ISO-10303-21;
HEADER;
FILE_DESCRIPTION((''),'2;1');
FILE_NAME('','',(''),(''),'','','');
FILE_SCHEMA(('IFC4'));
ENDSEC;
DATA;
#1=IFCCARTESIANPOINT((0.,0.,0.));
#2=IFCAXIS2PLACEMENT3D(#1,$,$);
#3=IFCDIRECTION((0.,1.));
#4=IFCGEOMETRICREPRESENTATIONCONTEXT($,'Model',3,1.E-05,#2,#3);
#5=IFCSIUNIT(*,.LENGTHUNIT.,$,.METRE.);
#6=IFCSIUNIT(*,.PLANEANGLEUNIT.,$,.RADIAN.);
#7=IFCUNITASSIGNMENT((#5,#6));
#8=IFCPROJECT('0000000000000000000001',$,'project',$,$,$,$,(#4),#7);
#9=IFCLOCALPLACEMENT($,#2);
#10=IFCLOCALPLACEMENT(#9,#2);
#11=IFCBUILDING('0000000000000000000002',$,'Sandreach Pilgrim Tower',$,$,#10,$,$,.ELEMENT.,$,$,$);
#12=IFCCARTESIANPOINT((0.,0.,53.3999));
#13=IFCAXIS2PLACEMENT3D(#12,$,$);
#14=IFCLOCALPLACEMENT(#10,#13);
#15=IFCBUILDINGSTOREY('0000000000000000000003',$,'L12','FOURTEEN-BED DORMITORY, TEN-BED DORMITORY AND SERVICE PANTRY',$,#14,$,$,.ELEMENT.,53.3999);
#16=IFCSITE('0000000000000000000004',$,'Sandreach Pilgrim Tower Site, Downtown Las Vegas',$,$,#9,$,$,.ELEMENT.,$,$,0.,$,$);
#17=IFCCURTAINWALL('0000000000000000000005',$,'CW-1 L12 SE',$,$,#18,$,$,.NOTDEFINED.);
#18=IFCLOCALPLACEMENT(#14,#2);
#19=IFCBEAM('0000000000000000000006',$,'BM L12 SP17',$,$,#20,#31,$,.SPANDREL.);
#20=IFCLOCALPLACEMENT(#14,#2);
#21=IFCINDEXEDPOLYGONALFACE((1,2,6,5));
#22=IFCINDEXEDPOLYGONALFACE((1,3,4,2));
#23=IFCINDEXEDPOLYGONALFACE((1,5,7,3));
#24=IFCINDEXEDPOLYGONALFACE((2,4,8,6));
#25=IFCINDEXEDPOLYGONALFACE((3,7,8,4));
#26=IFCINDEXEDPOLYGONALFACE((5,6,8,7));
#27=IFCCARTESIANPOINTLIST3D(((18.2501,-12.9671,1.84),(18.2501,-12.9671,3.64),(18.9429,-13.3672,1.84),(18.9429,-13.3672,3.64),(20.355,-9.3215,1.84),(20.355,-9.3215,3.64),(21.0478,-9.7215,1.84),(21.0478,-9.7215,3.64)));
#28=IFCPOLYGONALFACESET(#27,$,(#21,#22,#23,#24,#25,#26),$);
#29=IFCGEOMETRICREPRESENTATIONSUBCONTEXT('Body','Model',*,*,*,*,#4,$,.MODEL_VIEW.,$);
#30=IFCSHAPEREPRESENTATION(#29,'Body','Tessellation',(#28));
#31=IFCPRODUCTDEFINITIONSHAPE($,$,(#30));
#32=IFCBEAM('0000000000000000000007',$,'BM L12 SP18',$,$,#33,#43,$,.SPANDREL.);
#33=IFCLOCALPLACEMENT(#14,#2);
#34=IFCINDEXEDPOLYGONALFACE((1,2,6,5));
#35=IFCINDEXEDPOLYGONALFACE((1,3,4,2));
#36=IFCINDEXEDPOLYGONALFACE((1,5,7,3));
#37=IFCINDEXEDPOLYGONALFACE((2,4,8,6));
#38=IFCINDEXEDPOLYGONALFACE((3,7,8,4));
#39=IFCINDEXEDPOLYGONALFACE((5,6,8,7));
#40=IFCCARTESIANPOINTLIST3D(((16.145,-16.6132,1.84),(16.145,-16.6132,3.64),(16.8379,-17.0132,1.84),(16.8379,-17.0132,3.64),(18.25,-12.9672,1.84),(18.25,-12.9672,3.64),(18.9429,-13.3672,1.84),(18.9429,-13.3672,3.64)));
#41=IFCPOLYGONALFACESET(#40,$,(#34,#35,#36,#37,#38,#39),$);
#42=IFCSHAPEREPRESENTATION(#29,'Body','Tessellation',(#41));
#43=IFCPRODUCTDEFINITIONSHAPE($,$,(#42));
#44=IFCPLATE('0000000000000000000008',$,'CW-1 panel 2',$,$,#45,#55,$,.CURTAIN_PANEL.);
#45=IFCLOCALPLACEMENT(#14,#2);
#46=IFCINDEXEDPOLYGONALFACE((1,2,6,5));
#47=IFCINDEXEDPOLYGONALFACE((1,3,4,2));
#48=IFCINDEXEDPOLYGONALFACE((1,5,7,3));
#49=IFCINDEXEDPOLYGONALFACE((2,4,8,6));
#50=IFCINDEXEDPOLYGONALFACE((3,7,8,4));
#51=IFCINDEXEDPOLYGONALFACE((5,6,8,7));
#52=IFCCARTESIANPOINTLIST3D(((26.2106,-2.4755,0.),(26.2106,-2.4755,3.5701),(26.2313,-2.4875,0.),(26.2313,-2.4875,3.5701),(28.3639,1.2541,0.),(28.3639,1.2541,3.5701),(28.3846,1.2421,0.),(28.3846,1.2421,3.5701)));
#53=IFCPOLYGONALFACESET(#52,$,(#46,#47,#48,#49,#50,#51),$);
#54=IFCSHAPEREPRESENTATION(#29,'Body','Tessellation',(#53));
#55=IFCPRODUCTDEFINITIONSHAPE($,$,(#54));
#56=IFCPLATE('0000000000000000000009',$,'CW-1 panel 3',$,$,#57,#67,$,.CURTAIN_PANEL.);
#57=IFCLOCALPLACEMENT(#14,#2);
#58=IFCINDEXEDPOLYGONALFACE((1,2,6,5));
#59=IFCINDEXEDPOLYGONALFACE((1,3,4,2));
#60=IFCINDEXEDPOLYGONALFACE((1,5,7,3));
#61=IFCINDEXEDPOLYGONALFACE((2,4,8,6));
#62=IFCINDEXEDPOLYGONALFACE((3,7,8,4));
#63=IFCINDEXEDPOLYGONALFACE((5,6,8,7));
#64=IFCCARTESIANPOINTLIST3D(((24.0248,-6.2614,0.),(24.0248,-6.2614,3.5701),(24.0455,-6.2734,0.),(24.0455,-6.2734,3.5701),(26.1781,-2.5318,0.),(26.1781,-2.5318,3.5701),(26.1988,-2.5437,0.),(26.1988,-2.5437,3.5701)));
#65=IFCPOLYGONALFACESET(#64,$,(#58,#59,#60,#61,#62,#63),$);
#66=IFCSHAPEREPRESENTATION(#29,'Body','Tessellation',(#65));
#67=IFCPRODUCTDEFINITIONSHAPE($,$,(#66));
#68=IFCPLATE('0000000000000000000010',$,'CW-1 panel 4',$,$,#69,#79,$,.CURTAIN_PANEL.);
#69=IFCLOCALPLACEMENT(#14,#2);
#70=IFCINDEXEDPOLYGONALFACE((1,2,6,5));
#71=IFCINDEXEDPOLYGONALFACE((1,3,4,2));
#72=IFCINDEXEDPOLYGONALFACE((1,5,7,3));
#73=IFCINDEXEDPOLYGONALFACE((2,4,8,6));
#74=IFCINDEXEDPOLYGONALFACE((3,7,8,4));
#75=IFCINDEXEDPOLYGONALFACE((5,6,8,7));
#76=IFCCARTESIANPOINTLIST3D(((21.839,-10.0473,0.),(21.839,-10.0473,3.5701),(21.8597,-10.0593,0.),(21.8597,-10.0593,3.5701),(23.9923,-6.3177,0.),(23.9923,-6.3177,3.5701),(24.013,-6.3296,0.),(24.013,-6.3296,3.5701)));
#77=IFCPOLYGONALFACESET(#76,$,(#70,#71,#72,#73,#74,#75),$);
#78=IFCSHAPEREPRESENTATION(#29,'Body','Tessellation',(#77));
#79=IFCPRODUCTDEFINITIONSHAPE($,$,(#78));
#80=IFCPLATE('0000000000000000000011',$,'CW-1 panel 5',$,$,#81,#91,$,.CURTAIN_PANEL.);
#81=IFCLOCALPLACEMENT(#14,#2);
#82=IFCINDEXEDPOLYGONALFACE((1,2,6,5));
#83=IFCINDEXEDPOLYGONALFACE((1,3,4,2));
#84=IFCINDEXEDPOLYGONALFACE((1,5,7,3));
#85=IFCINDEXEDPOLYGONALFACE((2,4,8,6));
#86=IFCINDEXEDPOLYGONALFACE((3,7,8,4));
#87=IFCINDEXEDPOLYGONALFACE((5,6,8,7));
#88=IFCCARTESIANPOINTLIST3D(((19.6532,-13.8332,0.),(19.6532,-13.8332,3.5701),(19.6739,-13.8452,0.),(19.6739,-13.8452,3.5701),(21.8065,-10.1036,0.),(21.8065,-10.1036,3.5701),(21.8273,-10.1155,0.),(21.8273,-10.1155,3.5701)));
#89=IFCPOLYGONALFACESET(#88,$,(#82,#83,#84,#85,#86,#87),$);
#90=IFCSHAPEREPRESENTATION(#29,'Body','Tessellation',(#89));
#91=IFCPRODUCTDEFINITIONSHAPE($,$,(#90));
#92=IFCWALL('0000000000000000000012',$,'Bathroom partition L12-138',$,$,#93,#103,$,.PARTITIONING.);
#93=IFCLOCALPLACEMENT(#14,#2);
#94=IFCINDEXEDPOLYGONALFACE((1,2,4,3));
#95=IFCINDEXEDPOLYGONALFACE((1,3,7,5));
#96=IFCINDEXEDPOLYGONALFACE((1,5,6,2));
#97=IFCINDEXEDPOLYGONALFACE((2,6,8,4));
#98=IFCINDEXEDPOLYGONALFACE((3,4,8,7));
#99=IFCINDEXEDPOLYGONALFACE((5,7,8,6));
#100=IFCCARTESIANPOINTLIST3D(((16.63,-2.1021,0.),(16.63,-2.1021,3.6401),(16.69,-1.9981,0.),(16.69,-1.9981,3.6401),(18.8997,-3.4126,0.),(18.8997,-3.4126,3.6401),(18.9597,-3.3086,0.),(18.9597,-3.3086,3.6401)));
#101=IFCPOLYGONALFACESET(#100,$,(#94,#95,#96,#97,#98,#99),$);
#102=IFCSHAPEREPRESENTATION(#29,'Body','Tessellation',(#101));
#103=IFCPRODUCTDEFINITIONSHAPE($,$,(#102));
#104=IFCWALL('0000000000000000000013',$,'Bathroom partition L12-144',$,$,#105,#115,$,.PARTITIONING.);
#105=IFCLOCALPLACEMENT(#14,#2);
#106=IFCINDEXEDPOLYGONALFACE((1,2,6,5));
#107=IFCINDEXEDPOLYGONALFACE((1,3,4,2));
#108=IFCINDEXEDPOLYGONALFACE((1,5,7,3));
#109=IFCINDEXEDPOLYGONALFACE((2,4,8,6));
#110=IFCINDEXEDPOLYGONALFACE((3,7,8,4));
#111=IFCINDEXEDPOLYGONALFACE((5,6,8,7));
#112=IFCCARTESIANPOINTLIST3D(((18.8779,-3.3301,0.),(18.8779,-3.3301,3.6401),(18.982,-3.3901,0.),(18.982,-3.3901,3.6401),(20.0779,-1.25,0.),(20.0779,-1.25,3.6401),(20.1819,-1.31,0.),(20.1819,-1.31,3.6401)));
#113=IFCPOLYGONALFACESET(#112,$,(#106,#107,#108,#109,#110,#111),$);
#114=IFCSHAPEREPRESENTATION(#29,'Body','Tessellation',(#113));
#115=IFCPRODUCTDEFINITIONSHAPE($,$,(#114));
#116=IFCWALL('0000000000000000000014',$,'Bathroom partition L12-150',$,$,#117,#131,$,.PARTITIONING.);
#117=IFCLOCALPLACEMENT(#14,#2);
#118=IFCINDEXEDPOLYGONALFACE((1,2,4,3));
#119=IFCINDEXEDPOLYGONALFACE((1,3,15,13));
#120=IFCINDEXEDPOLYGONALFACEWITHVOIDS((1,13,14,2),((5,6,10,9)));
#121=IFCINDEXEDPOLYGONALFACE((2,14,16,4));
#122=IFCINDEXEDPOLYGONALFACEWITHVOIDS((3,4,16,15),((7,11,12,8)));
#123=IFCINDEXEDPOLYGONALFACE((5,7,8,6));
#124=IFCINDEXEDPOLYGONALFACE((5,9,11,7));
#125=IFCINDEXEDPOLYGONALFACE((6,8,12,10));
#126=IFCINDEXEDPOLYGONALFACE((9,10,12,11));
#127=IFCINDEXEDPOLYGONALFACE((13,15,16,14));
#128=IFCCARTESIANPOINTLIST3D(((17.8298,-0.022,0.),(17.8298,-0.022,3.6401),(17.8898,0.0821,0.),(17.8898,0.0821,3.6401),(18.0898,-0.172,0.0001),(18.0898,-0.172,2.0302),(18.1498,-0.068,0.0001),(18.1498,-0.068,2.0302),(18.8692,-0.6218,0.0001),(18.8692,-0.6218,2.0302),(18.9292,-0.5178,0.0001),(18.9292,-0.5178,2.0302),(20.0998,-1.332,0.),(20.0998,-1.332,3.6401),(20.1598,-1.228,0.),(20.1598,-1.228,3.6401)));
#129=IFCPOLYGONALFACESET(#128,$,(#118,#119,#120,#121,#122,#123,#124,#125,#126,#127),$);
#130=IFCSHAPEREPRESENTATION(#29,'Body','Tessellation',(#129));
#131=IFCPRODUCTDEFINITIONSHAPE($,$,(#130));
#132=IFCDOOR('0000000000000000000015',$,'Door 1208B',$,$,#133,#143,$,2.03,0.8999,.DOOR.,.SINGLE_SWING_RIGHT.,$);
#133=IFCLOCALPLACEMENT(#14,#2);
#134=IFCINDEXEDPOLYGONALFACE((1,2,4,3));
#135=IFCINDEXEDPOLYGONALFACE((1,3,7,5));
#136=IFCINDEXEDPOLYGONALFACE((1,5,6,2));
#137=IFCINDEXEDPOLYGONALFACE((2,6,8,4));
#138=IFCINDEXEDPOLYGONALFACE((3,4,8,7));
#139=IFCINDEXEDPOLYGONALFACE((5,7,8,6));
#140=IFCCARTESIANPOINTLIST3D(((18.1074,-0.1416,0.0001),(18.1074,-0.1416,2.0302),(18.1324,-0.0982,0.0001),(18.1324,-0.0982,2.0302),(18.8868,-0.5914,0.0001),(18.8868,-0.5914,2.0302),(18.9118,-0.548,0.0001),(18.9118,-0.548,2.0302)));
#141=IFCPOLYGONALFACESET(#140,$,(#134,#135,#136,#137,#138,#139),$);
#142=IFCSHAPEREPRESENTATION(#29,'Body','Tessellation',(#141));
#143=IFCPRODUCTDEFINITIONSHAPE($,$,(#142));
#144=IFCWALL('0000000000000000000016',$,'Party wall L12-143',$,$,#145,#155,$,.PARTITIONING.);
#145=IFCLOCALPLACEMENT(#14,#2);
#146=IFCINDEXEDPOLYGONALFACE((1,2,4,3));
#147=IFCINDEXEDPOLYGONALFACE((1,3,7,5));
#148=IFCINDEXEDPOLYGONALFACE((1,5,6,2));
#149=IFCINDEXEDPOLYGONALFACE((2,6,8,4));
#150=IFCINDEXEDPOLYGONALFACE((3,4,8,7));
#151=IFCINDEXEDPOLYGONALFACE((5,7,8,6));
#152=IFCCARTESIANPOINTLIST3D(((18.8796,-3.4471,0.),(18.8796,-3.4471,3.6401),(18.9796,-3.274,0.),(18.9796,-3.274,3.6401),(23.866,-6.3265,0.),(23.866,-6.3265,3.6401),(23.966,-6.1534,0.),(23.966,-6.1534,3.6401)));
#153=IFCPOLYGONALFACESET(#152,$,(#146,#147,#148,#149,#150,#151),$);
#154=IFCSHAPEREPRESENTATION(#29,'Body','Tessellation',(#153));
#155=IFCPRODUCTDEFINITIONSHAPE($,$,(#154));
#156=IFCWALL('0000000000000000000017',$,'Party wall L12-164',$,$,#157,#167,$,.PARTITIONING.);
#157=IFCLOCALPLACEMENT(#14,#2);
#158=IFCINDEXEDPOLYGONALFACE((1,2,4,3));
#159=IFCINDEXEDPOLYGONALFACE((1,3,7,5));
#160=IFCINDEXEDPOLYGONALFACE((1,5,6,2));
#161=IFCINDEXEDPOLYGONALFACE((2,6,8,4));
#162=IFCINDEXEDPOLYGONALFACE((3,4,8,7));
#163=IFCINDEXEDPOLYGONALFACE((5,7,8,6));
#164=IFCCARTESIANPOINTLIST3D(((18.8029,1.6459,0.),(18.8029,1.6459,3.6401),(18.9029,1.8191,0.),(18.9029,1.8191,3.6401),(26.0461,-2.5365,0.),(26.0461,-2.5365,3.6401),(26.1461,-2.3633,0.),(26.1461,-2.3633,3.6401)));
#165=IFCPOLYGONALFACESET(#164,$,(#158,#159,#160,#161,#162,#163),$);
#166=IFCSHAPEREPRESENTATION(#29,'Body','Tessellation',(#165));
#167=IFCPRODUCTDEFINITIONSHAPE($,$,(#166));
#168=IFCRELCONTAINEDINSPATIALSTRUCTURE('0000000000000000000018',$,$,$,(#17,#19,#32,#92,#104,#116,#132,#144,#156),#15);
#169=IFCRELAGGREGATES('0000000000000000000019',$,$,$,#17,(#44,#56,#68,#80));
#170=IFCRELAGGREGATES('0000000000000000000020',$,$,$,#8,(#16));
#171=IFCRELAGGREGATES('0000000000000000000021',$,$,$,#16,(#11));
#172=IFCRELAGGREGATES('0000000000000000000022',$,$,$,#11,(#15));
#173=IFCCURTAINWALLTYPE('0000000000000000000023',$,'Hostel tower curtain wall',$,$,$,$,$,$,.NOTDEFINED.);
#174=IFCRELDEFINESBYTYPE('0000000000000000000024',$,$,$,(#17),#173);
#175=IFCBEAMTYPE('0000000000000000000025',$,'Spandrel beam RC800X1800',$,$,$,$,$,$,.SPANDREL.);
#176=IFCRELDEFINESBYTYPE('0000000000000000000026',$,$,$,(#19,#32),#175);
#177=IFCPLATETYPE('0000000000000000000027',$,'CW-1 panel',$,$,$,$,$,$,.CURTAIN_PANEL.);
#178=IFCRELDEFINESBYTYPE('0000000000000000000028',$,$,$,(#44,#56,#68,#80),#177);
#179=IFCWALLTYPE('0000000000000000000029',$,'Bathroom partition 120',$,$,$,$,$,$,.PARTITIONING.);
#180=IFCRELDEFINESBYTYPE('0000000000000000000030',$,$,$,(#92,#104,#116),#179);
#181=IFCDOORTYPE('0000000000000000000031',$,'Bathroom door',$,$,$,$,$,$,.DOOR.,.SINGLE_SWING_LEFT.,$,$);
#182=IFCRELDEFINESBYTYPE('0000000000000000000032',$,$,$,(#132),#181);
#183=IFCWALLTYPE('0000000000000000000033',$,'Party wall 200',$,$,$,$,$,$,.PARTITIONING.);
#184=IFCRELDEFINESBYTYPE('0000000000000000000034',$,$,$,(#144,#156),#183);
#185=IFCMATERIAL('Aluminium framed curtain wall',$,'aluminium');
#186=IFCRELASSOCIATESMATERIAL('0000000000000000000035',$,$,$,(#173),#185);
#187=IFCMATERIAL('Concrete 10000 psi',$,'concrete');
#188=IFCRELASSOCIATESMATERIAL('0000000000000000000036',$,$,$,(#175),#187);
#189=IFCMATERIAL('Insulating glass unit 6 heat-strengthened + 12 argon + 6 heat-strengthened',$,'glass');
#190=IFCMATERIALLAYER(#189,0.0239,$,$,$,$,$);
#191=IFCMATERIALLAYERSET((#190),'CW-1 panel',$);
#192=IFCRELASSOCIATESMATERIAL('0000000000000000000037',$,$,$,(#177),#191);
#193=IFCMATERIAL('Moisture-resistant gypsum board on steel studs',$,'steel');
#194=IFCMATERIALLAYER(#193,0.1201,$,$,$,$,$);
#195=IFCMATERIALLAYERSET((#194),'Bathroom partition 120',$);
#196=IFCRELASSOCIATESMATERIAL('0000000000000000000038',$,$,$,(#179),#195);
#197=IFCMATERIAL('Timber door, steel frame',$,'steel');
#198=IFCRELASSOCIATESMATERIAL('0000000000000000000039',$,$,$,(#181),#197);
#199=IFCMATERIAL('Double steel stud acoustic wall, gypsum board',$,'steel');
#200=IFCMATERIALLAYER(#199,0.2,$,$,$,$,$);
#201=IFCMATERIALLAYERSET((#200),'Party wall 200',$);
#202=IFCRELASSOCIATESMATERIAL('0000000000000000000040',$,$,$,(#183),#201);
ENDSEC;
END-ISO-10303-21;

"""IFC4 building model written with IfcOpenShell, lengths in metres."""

from ifc_helpers import new_model, si_unit, direction, frame, frame_2d, origin, origin_2d, place, context, subcontext, project, spatial, rectangle, extrude, material, layer, layer_set, material_profile, profile_set, type_object, element, fill, aggregate, save


model = new_model("IFC4")

# Units and contexts
model_context = context("Model", 3, precision=1e-05, world=origin(), true_north=direction((0.0, 1.0)))
body_context = subcontext(model_context, "Body", "Model", "MODEL_VIEW")
ifc_project = project(units=[si_unit("LENGTHUNIT", "METRE"), si_unit("PLANEANGLEUNIT", "RADIAN")], contexts=[model_context])

# Site, building, storey
site_placement = place(None, origin())
site = spatial("IfcSite", under=ifc_project, at=site_placement, Name="Sandreach Pilgrim Tower Site, Downtown Las Vegas", CompositionType="ELEMENT", RefElevation=0.0)
building_placement = place(site_placement, origin())
building = spatial("IfcBuilding", under=site, at=building_placement, Name="Sandreach Pilgrim Tower", CompositionType="ELEMENT")
storey_placement = place(building_placement, frame((0.0, 0.0, 53.3999)))
storey = spatial("IfcBuildingStorey", under=building, at=storey_placement, Name="L12", Description="FOURTEEN-BED DORMITORY, TEN-BED DORMITORY AND SERVICE PANTRY", CompositionType="ELEMENT", Elevation=53.3999)

# Curtain wall
ifc_material_1 = material(Name="Aluminium framed curtain wall", Category="aluminium")
curtain_wall_type = type_object("IfcCurtainWallType", Name="Hostel tower curtain wall", PredefinedType="NOTDEFINED", material=ifc_material_1)
curtain_wall_placement = place(storey_placement, origin())
curtain_wall = element("IfcCurtainWall", 1, at=curtain_wall_placement, inside=storey, type_object=curtain_wall_type, Name="CW-1 L12 SE", PredefinedType="NOTDEFINED")

# Beams
ifc_material_2 = material(Name="Concrete 10000 psi", Category="concrete")
ifc_material_profile_1 = material_profile(ifc_material_2, rectangle(XDim=0.8, YDim=1.8, at=origin_2d()), Name="RC800X1800")
ifc_profile_set_1 = profile_set([ifc_material_profile_1], Name="Concrete 10000 psi")
beam_type_1 = type_object("IfcBeamType", Name="Spandrel beam RC800X1800", PredefinedType="SPANDREL", material=ifc_profile_set_1)
beam_1_placement = place(storey_placement, frame((20.7014, -9.5215, 2.74), z_axis=(-0.500019, -0.866015, 0.0), x_axis=(0.866015, -0.500019, 0.0)))
element("IfcBeam", 2, at=beam_1_placement, inside=storey, type_object=beam_type_1, Name="BM L12 SP17", PredefinedType="SPANDREL", context=body_context, shape_type="SweptSolid", body=[
    extrude(rectangle(XDim=0.8, YDim=1.8, at=origin_2d()), origin(), (0.0, 0.0, 1.0), 4.2097),
])
beam_2_placement = place(storey_placement, frame((18.5964, -13.1672, 2.74), z_axis=(-0.499994, -0.866029, 0.0), x_axis=(0.866029, -0.499994, 0.0)))
element("IfcBeam", 3, at=beam_2_placement, inside=storey, type_object=beam_type_1, Name="BM L12 SP18", PredefinedType="SPANDREL", context=body_context, shape_type="SweptSolid", body=[
    extrude(rectangle(XDim=0.8, YDim=1.8, at=origin_2d()), origin(), (0.0, 0.0, 1.0), 4.21),
])

# Plates
ifc_material_3 = material(Name="Insulating glass unit 6 heat-strengthened + 12 argon + 6 heat-strengthened", Category="glass")
ifc_layer_1 = layer(ifc_material_3, 0.0239)
ifc_layer_set_1 = layer_set([ifc_layer_1], Name="CW-1 panel")
plate_type = type_object("IfcPlateType", Name="CW-1 panel", PredefinedType="CURTAIN_PANEL", material=ifc_layer_set_1)
plate_1_placement = place(storey_placement, frame((27.2976, -0.6167, 0.0), z_axis=(0.0, 0.0, 1.0), x_axis=(-0.5, -0.866025, 0.0)))
plate_1 = element("IfcPlate", 4, at=plate_1_placement, type_object=plate_type, Name="CW-1 panel 2", PredefinedType="CURTAIN_PANEL", context=body_context, shape_type="SweptSolid", body=[
    extrude(rectangle(XDim=4.3066, YDim=0.0239, at=origin_2d()), origin(), (0.0, 0.0, 1.0), 3.5701),
])
plate_2_placement = place(storey_placement, frame((25.1118, -4.4026, 0.0), z_axis=(0.0, 0.0, 1.0), x_axis=(-0.5, -0.866025, 0.0)))
plate_2 = element("IfcPlate", 5, at=plate_2_placement, type_object=plate_type, Name="CW-1 panel 3", PredefinedType="CURTAIN_PANEL", context=body_context, shape_type="SweptSolid", body=[
    extrude(rectangle(XDim=4.3066, YDim=0.0239, at=origin_2d()), origin(), (0.0, 0.0, 1.0), 3.5701),
])
plate_3_placement = place(storey_placement, frame((22.926, -8.1885, 0.0), z_axis=(0.0, 0.0, 1.0), x_axis=(-0.5, -0.866025, 0.0)))
plate_3 = element("IfcPlate", 6, at=plate_3_placement, type_object=plate_type, Name="CW-1 panel 4", PredefinedType="CURTAIN_PANEL", context=body_context, shape_type="SweptSolid", body=[
    extrude(rectangle(XDim=4.3066, YDim=0.0239, at=origin_2d()), origin(), (0.0, 0.0, 1.0), 3.5701),
])
plate_4_placement = place(storey_placement, frame((20.7402, -11.9744, 0.0), z_axis=(0.0, 0.0, 1.0), x_axis=(-0.5, -0.866025, 0.0)))
plate_4 = element("IfcPlate", 7, at=plate_4_placement, type_object=plate_type, Name="CW-1 panel 5", PredefinedType="CURTAIN_PANEL", context=body_context, shape_type="SweptSolid", body=[
    extrude(rectangle(XDim=4.3066, YDim=0.0239, at=origin_2d()), origin(), (0.0, 0.0, 1.0), 3.5701),
])
aggregate(curtain_wall, [plate_1, plate_2, plate_3, plate_4])

# Walls
ifc_material_4 = material(Name="Moisture-resistant gypsum board on steel studs", Category="steel")
ifc_layer_2 = layer(ifc_material_4, 0.1201)
ifc_layer_set_2 = layer_set([ifc_layer_2], Name="Bathroom partition 120")
wall_type_1 = type_object("IfcWallType", Name="Bathroom partition 120", PredefinedType="PARTITIONING", material=ifc_layer_set_2)
wall_1_placement = place(storey_placement, frame((16.6599, -2.05, 0.0), z_axis=(0.0, 0.0, 1.0), x_axis=(0.86601, -0.500026, 0.0)))
element("IfcWall", 8, at=wall_1_placement, inside=storey, type_object=wall_type_1, Name="Bathroom partition L12-138", PredefinedType="PARTITIONING", context=body_context, shape_type="SweptSolid", body=[
    extrude(rectangle(XDim=2.6208, YDim=0.1201, at=frame_2d((1.3105, 0.0))), origin(), (0.0, 0.0, 1.0), 3.6401),
])
wall_2_placement = place(storey_placement, frame((18.9299, -3.3601, 0.0), z_axis=(0.0, 0.0, 1.0), x_axis=(0.499693, 0.866203, 0.0)))
element("IfcWall", 9, at=wall_2_placement, inside=storey, type_object=wall_type_1, Name="Bathroom partition L12-144", PredefinedType="PARTITIONING", context=body_context, shape_type="SweptSolid", body=[
    extrude(rectangle(XDim=2.4014, YDim=0.1201, at=frame_2d((1.2007, 0.0))), origin(), (0.0, 0.0, 1.0), 3.6401),
])

# Wall, opening, door
wall_3_placement = place(storey_placement, frame((20.1299, -1.28, 0.0), z_axis=(0.0, 0.0, 1.0), x_axis=(-0.866114, 0.499846, 0.0)))
wall_3 = element("IfcWall", 10, at=wall_3_placement, inside=storey, type_object=wall_type_1, Name="Bathroom partition L12-150", PredefinedType="PARTITIONING", context=body_context, shape_type="SweptSolid", body=[
    extrude(rectangle(XDim=2.6208, YDim=0.1201, at=frame_2d((1.3105, 0.0))), origin(), (0.0, 0.0, 1.0), 3.6401),
])
opening_placement = place(wall_3_placement, frame((1.4209, 0.0, 0.0)))
opening = element("IfcOpeningElement", 11, at=opening_placement, cuts=wall_3, PredefinedType="OPENING", context=body_context, shape_type="SweptSolid", body=[
    extrude(rectangle(XDim=0.8999, YDim=2.03, at=frame_2d((0.45, 1.0151))), frame((0.0, 0.0601, 0.0), z_axis=(0.0, -1.0, 0.0), x_axis=(1.0, 0.0, 0.0)), (0.0, 0.0, 1.0), 0.1201),
])
ifc_material_5 = material(Name="Timber door, steel frame", Category="steel")
door_type = type_object("IfcDoorType", Name="Bathroom door", OperationType="SINGLE_SWING_LEFT", PredefinedType="DOOR", material=ifc_material_5)
door_placement = place(opening_placement, origin())
door = element("IfcDoor", 12, at=door_placement, inside=storey, type_object=door_type, Name="Door 1208B", OperationType="SINGLE_SWING_RIGHT", OverallHeight=2.03, OverallWidth=0.8999, PredefinedType="DOOR", context=body_context, shape_type="SweptSolid", body=[
    extrude(rectangle(XDim=0.8999, YDim=2.03, at=frame_2d((0.45, 1.0151))), frame((0.0, 0.0249, 0.0), z_axis=(0.0, -1.0, 0.0), x_axis=(1.0, 0.0, 0.0)), (0.0, 0.0, 1.0), 0.05),
])
fill(opening, door)

# Walls
ifc_material_6 = material(Name="Double steel stud acoustic wall, gypsum board", Category="steel")
ifc_layer_3 = layer(ifc_material_6, 0.2)
ifc_layer_set_3 = layer_set([ifc_layer_3], Name="Party wall 200")
wall_type_2 = type_object("IfcWallType", Name="Party wall 200", PredefinedType="PARTITIONING", material=ifc_layer_set_3)
wall_4_placement = place(storey_placement, frame((18.9297, -3.3606, 0.0), z_axis=(0.0, 0.0, 1.0), x_axis=(0.865985, -0.50007, 0.0)))
element("IfcWall", 13, at=wall_4_placement, inside=storey, type_object=wall_type_2, Name="Party wall L12-143", PredefinedType="PARTITIONING", context=body_context, shape_type="SweptSolid", body=[
    extrude(rectangle(XDim=5.7581, YDim=0.2, at=frame_2d((2.8789, 0.0))), origin(), (0.0, 0.0, 1.0), 3.6401),
])
wall_5_placement = place(storey_placement, frame((26.0962, -2.45, 0.0), z_axis=(0.0, 0.0, 1.0), x_axis=(-0.865998, 0.500048, 0.0)))
element("IfcWall", 14, at=wall_5_placement, inside=storey, type_object=wall_type_2, Name="Party wall L12-164", PredefinedType="PARTITIONING", context=body_context, shape_type="SweptSolid", body=[
    extrude(rectangle(XDim=8.364, YDim=0.2, at=frame_2d((4.1821, 0.0))), origin(), (0.0, 0.0, 1.0), 3.6401),
])

save(model, "model.ifc")
